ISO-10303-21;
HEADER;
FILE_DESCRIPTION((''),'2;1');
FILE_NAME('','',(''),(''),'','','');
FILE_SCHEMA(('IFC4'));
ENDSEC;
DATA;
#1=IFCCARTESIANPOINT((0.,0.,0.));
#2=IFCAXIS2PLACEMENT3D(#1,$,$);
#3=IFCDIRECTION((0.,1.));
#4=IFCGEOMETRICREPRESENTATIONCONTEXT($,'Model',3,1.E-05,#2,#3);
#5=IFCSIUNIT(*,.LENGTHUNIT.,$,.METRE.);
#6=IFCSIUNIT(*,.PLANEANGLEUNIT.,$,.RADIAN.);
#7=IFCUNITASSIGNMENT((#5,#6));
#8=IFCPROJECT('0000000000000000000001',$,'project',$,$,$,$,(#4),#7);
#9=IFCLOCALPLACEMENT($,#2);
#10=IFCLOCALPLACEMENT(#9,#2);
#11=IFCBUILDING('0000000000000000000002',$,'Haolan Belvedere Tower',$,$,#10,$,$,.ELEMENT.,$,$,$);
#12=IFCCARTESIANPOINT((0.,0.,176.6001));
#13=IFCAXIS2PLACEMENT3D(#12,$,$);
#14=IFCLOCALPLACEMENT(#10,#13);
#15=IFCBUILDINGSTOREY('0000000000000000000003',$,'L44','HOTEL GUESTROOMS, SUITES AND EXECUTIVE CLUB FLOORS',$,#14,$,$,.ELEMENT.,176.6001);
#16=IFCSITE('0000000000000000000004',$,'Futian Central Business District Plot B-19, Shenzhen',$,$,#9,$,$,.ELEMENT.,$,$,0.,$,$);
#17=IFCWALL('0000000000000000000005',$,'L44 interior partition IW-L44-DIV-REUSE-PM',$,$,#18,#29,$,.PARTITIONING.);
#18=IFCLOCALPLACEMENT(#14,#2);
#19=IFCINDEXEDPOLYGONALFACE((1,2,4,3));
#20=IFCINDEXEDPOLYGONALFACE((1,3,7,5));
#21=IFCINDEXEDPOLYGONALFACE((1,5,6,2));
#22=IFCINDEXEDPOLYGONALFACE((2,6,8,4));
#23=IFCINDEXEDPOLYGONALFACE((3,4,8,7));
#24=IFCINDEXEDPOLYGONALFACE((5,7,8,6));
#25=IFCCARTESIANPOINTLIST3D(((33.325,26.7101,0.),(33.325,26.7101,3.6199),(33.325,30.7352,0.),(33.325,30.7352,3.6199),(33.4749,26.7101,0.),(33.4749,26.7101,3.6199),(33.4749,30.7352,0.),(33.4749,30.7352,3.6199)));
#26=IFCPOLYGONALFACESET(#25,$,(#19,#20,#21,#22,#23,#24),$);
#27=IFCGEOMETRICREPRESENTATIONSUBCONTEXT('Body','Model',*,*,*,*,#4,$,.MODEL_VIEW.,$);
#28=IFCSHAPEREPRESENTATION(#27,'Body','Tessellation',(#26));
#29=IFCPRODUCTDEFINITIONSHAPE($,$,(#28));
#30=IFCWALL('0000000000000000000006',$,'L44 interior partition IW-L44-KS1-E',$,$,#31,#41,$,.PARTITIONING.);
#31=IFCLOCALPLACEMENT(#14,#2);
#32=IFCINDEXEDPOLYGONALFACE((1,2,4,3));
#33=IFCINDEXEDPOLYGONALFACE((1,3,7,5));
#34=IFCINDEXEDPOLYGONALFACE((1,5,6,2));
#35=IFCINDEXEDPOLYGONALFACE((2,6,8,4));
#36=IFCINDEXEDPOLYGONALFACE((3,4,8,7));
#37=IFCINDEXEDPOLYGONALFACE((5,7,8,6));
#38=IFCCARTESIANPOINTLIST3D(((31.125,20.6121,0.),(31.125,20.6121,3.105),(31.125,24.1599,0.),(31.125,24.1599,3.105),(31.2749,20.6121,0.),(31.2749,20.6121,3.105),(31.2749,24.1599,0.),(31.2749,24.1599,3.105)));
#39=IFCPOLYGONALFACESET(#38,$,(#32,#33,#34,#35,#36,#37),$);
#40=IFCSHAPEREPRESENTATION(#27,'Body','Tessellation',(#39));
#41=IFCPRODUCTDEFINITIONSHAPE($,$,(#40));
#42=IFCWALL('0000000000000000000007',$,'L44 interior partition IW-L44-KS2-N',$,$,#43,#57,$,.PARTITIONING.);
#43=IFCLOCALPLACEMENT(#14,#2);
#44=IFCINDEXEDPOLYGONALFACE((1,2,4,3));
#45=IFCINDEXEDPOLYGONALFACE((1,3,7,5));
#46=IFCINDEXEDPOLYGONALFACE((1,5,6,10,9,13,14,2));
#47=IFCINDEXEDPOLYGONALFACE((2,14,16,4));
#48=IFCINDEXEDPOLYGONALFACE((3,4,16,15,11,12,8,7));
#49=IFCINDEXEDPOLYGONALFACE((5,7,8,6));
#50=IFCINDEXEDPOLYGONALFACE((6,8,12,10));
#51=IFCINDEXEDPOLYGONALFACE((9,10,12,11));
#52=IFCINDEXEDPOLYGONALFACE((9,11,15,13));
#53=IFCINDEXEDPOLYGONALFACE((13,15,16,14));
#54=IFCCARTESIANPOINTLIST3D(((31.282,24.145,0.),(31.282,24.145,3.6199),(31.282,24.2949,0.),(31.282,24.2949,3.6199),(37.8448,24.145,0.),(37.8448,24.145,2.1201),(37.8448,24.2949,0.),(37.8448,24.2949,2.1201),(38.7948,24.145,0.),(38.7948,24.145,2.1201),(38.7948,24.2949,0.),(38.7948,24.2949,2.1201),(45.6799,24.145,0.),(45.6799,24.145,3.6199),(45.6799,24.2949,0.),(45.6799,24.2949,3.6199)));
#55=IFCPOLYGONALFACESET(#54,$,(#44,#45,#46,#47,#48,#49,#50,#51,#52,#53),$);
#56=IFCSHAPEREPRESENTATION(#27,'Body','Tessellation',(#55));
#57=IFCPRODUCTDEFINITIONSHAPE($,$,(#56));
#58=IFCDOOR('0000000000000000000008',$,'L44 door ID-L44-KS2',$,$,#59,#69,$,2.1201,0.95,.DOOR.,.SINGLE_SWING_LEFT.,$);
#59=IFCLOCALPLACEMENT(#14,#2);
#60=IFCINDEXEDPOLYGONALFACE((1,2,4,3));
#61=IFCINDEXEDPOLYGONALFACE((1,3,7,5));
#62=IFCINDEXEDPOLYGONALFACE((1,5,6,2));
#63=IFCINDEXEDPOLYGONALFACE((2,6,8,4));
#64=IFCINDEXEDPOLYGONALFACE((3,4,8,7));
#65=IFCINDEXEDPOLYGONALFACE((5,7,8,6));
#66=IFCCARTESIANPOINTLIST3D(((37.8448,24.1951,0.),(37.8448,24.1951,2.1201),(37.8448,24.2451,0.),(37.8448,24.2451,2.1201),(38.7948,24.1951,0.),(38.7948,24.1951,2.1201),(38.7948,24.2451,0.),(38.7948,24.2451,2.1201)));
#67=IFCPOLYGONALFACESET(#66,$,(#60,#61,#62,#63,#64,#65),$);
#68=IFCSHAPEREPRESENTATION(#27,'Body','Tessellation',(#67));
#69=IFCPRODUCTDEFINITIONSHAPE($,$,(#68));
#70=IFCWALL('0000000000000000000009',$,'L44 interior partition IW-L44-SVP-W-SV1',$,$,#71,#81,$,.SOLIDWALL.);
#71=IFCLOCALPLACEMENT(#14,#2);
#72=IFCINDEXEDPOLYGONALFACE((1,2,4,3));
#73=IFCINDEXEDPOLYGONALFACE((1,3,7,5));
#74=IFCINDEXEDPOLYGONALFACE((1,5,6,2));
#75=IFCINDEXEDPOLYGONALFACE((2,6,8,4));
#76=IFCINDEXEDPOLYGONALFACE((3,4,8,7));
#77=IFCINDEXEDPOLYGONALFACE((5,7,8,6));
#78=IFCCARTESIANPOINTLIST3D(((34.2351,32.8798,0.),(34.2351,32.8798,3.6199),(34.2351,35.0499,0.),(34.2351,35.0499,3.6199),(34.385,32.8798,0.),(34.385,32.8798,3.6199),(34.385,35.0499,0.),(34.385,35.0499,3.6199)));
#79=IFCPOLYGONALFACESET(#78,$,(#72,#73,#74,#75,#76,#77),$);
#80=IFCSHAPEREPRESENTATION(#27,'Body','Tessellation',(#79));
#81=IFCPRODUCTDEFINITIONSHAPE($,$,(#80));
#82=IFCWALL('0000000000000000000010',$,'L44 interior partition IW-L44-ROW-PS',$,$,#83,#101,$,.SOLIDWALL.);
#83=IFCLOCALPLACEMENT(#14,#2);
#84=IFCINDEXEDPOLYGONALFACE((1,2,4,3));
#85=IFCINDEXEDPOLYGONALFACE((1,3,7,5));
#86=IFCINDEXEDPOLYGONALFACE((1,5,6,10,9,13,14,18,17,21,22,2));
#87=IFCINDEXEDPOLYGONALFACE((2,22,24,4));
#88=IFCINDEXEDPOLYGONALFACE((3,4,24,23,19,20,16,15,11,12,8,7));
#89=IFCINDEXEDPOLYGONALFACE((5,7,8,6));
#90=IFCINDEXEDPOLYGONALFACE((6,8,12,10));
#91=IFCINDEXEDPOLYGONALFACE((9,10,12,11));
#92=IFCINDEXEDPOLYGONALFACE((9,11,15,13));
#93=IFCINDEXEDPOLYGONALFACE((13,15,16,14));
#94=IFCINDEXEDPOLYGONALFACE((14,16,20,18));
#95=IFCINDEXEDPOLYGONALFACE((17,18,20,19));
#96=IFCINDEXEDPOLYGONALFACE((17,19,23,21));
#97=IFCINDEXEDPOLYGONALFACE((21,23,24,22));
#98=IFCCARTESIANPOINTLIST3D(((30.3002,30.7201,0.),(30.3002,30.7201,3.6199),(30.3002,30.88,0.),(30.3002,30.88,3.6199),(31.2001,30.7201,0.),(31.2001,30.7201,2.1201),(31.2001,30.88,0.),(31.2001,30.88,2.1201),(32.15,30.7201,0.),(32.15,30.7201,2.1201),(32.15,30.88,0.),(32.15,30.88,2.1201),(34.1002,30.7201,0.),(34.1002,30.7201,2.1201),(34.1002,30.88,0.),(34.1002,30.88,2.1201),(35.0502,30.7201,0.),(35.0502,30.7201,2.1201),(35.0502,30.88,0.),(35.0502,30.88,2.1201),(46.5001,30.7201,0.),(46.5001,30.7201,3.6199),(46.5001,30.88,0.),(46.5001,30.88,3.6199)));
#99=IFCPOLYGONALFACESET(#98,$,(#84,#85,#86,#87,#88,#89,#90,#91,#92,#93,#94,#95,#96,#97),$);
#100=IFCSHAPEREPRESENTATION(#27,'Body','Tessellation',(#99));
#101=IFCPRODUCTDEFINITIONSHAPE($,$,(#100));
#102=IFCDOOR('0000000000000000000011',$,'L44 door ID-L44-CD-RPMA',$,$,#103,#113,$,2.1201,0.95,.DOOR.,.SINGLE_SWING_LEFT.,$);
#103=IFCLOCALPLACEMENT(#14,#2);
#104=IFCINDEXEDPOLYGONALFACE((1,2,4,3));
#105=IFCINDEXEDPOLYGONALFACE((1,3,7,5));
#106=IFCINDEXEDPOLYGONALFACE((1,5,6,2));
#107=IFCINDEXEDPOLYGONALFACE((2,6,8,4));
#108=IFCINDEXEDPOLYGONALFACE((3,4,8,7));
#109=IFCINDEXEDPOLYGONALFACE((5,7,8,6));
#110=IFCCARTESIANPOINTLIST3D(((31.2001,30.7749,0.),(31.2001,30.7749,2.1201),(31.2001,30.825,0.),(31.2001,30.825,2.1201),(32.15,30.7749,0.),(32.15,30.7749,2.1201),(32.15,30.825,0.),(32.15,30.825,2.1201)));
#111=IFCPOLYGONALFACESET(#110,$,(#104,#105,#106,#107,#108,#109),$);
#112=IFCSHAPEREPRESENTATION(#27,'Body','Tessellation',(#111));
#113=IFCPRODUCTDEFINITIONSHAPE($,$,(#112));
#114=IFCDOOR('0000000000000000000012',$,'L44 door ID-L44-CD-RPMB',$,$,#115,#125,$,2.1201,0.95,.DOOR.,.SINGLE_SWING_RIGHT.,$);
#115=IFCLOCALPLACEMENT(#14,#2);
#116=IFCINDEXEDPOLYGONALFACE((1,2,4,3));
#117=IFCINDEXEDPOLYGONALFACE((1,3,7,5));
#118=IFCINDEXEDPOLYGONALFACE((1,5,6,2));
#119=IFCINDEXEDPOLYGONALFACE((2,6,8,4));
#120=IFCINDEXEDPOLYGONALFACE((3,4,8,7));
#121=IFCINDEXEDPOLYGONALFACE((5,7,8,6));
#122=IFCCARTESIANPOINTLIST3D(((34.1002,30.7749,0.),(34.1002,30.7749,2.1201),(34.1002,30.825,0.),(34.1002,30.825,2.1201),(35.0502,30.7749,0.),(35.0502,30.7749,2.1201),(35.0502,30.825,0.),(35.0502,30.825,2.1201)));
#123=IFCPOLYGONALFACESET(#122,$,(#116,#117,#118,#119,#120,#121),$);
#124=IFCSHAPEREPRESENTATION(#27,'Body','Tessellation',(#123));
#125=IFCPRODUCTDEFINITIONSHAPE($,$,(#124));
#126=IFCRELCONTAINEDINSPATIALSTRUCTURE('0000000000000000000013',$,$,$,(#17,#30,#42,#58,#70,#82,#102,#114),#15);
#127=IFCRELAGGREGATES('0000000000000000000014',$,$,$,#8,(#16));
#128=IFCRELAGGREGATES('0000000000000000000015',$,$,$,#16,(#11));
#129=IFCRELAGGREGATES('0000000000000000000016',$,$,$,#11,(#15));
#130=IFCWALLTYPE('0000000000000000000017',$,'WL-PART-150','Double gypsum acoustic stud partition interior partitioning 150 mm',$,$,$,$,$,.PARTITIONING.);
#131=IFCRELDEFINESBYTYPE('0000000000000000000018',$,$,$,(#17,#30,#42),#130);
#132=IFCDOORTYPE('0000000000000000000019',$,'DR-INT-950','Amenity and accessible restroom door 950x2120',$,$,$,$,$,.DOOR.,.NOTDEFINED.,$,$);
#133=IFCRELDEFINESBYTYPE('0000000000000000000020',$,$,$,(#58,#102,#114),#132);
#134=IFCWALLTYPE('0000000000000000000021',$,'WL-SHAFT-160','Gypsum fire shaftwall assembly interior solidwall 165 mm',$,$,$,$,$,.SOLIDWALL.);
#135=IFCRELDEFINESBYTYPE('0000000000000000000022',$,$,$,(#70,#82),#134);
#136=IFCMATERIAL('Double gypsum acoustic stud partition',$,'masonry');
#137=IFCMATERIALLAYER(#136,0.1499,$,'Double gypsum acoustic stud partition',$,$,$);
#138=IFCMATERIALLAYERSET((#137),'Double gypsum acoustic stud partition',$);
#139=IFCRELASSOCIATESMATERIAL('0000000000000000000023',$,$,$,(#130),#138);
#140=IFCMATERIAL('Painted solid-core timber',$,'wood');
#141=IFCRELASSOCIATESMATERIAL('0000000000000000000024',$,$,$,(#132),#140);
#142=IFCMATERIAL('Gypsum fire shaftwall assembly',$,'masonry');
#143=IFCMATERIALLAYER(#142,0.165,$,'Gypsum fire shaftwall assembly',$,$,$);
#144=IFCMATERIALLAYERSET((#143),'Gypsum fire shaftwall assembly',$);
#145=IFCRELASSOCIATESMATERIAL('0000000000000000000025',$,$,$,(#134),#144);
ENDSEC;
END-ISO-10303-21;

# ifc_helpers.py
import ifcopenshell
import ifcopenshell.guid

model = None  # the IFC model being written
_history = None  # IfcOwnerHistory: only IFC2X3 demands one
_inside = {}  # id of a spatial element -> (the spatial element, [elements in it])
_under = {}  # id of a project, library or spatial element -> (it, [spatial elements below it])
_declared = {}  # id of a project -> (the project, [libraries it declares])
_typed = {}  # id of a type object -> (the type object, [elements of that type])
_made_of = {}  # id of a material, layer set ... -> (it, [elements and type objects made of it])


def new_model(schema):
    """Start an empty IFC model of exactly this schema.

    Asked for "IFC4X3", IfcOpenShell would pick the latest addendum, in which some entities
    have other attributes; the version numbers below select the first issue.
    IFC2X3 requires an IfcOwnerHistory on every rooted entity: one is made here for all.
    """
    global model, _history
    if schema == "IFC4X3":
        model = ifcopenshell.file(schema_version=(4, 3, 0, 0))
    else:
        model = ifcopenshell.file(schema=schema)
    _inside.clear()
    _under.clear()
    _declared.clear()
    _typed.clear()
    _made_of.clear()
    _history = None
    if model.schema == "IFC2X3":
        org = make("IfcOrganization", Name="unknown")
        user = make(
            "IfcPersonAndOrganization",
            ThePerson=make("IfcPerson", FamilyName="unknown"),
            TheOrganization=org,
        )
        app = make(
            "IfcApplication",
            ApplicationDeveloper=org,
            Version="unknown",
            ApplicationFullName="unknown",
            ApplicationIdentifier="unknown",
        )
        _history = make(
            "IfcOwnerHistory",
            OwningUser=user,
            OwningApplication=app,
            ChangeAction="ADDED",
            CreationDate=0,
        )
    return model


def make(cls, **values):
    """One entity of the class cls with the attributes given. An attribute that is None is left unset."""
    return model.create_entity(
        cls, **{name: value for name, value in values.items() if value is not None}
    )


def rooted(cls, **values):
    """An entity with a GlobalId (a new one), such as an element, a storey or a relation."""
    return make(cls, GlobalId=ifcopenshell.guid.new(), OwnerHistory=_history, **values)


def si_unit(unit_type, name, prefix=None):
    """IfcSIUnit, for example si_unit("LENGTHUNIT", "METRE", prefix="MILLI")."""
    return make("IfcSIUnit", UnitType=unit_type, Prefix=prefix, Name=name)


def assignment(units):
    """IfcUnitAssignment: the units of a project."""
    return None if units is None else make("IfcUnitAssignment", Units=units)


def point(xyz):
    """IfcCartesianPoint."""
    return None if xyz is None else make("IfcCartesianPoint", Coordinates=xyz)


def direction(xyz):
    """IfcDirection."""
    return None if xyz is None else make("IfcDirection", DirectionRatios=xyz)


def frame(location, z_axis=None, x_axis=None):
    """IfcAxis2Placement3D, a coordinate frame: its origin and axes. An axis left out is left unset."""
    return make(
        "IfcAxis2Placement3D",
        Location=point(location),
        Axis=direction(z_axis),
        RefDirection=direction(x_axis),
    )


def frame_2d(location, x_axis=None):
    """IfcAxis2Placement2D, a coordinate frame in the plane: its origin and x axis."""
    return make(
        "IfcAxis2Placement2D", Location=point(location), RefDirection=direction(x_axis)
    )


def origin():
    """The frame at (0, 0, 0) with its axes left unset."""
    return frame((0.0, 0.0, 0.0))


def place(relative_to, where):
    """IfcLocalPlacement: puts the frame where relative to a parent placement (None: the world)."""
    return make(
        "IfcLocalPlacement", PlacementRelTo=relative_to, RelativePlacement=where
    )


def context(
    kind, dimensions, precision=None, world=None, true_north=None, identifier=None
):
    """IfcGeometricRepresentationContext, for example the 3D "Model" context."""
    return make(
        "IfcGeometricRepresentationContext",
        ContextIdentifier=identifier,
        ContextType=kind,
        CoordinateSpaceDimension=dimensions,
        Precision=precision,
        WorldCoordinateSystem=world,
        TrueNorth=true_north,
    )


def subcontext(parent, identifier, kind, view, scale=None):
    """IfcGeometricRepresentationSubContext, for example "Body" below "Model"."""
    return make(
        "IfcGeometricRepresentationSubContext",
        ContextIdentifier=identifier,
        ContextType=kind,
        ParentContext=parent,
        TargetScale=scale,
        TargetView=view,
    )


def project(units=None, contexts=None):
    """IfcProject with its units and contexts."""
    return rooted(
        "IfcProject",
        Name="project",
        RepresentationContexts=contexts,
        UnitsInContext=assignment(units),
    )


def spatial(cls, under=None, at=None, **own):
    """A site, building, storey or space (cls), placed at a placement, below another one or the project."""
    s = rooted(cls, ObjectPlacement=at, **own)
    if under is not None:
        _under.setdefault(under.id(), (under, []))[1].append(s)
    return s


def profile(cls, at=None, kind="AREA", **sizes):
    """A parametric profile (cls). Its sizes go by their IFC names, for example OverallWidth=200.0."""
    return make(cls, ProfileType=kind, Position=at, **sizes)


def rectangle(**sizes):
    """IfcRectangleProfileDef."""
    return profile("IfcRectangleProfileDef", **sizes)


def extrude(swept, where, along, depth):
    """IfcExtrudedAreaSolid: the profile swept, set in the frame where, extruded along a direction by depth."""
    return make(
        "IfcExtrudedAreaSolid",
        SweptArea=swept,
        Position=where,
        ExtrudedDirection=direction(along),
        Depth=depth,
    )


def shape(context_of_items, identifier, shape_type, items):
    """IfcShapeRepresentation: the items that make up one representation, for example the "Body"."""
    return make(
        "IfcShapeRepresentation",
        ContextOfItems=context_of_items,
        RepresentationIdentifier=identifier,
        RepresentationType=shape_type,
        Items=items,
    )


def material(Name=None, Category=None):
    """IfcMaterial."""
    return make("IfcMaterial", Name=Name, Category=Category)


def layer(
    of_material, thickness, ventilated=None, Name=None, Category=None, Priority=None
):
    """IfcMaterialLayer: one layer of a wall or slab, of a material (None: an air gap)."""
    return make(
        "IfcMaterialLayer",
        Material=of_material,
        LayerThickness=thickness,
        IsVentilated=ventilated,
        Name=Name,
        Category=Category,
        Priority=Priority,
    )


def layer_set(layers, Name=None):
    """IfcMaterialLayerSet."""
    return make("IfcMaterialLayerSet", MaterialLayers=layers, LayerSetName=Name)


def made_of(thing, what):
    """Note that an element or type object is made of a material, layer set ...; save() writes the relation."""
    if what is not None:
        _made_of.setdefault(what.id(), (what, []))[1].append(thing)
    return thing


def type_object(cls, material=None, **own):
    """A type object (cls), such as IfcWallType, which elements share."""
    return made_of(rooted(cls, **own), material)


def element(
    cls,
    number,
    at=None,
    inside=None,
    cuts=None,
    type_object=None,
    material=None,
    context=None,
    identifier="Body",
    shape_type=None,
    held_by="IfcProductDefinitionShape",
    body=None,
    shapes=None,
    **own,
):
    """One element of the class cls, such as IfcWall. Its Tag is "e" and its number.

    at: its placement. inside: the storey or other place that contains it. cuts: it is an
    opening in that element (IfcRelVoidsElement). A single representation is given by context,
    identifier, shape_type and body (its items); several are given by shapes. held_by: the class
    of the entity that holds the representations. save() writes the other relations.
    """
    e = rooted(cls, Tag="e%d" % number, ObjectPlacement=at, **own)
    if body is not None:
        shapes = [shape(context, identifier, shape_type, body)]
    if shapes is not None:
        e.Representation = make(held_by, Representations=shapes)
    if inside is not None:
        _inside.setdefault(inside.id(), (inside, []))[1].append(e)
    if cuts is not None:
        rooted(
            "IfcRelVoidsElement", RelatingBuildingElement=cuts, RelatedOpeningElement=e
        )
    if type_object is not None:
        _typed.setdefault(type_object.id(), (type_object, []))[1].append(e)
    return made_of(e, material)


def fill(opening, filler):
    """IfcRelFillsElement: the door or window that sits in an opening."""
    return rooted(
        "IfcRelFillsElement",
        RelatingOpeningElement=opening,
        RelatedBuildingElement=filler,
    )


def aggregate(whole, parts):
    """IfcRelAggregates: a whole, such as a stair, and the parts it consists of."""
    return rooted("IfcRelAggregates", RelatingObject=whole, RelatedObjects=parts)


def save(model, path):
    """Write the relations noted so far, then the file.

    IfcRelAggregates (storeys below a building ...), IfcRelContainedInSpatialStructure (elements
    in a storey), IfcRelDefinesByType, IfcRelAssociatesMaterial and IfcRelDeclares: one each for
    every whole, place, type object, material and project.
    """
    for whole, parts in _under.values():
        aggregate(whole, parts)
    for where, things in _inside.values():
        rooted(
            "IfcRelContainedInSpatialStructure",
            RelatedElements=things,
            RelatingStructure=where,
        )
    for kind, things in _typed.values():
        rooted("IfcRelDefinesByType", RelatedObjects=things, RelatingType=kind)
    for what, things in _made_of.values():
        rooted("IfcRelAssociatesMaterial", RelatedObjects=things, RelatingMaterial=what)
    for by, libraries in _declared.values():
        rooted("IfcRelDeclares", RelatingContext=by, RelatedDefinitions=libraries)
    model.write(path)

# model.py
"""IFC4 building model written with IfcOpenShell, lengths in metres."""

from ifc_helpers import new_model, si_unit, direction, frame, frame_2d, origin, place, context, subcontext, project, spatial, rectangle, extrude, material, layer, layer_set, type_object, element, fill, save


model = new_model("IFC4")

# Units and contexts
model_context = context("Model", 3, precision=1e-05, world=origin(), true_north=direction((0.0, 1.0)))
body_context = subcontext(model_context, "Body", "Model", "MODEL_VIEW")
ifc_project = project(units=[si_unit("LENGTHUNIT", "METRE"), si_unit("PLANEANGLEUNIT", "RADIAN")], contexts=[model_context])

# Site, building, storey
site_placement = place(None, origin())
site = spatial("IfcSite", under=ifc_project, at=site_placement, Name="Futian Central Business District Plot B-19, Shenzhen", CompositionType="ELEMENT", RefElevation=0.0)
building_placement = place(site_placement, origin())
building = spatial("IfcBuilding", under=site, at=building_placement, Name="Haolan Belvedere Tower", CompositionType="ELEMENT")
storey_placement = place(building_placement, frame((0.0, 0.0, 176.6001)))
storey = spatial("IfcBuildingStorey", under=building, at=storey_placement, Name="L44", Description="HOTEL GUESTROOMS, SUITES AND EXECUTIVE CLUB FLOORS", CompositionType="ELEMENT", Elevation=176.6001)

# Walls
ifc_material_1 = material(Name="Double gypsum acoustic stud partition", Category="masonry")
ifc_layer_1 = layer(ifc_material_1, 0.1499, Name="Double gypsum acoustic stud partition")
ifc_layer_set_1 = layer_set([ifc_layer_1], Name="Double gypsum acoustic stud partition")
wall_type_1 = type_object("IfcWallType", Name="WL-PART-150", Description="Double gypsum acoustic stud partition interior partitioning 150 mm", PredefinedType="PARTITIONING", material=ifc_layer_set_1)
wall_1_placement = place(storey_placement, frame((33.3999, 26.71, 0.0), z_axis=(0.0, 0.0, 1.0), x_axis=(0.0, 1.0, 0.0)))
element("IfcWall", 1, at=wall_1_placement, inside=storey, type_object=wall_type_1, Name="L44 interior partition IW-L44-DIV-REUSE-PM", PredefinedType="PARTITIONING", context=body_context, shape_type="SweptSolid", body=[
    extrude(rectangle(XDim=4.0251, YDim=0.1499, at=frame_2d((2.0127, 0.0))), origin(), (0.0, 0.0, 1.0), 3.6199),
])
wall_2_placement = place(storey_placement, frame((31.2, 20.6121, 0.0), z_axis=(0.0, 0.0, 1.0), x_axis=(0.0, 1.0, 0.0)))
element("IfcWall", 2, at=wall_2_placement, inside=storey, type_object=wall_type_1, Name="L44 interior partition IW-L44-KS1-E", PredefinedType="PARTITIONING", context=body_context, shape_type="SweptSolid", body=[
    extrude(rectangle(XDim=3.5479, YDim=0.1499, at=frame_2d((1.7739, 0.0))), origin(), (0.0, 0.0, 1.0), 3.105),
])

# Wall, opening, door
wall_3_placement = place(storey_placement, frame((31.282, 24.22, 0.0), z_axis=(0.0, 0.0, 1.0), x_axis=(1.0, 0.0, 0.0)))
wall_3 = element("IfcWall", 3, at=wall_3_placement, inside=storey, type_object=wall_type_1, Name="L44 interior partition IW-L44-KS2-N", PredefinedType="PARTITIONING", context=body_context, shape_type="SweptSolid", body=[
    extrude(rectangle(XDim=14.3979, YDim=0.1499, at=frame_2d((7.199, 0.0))), origin(), (0.0, 0.0, 1.0), 3.6199),
])
opening_1_placement = place(wall_3_placement, frame((7.5129, 0.0, 0.0), z_axis=(0.0, 0.0, 1.0), x_axis=(-1.0, 0.0, 0.0)))
opening_1 = element("IfcOpeningElement", 4, at=opening_1_placement, cuts=wall_3, PredefinedType="OPENING", context=body_context, shape_type="SweptSolid", body=[
    extrude(rectangle(XDim=0.95, YDim=2.1201, at=frame_2d((0.4751, 1.0601))), frame((0.0, 0.085, 0.0), z_axis=(0.0, -1.0, 0.0), x_axis=(1.0, 0.0, 0.0)), (0.0, 0.0, 1.0), 0.1699),
])
ifc_material_2 = material(Name="Painted solid-core timber", Category="wood")
door_type = type_object("IfcDoorType", Name="DR-INT-950", Description="Amenity and accessible restroom door 950x2120", OperationType="NOTDEFINED", PredefinedType="DOOR", material=ifc_material_2)
door_1_placement = place(opening_1_placement, origin())
door_1 = element("IfcDoor", 5, at=door_1_placement, inside=storey, type_object=door_type, Name="L44 door ID-L44-KS2", OperationType="SINGLE_SWING_LEFT", OverallHeight=2.1201, OverallWidth=0.95, PredefinedType="DOOR", context=body_context, shape_type="SweptSolid", body=[
    extrude(rectangle(XDim=0.95, YDim=2.1201, at=frame_2d((0.4751, 1.0601))), frame((0.0, 0.0249, 0.0), z_axis=(0.0, -1.0, 0.0), x_axis=(1.0, 0.0, 0.0)), (0.0, 0.0, 1.0), 0.05),
])
fill(opening_1, door_1)

# Wall
ifc_material_3 = material(Name="Gypsum fire shaftwall assembly", Category="masonry")
ifc_layer_2 = layer(ifc_material_3, 0.165, Name="Gypsum fire shaftwall assembly")
ifc_layer_set_2 = layer_set([ifc_layer_2], Name="Gypsum fire shaftwall assembly")
wall_type_2 = type_object("IfcWallType", Name="WL-SHAFT-160", Description="Gypsum fire shaftwall assembly interior solidwall 165 mm", PredefinedType="SOLIDWALL", material=ifc_layer_set_2)
wall_4_placement = place(storey_placement, frame((34.3101, 32.8799, 0.0), z_axis=(0.0, 0.0, 1.0), x_axis=(0.0, 1.0, 0.0)))
element("IfcWall", 6, at=wall_4_placement, inside=storey, type_object=wall_type_2, Name="L44 interior partition IW-L44-SVP-W-SV1", PredefinedType="SOLIDWALL", context=body_context, shape_type="SweptSolid", body=[
    extrude(rectangle(XDim=2.1702, YDim=0.1499, at=frame_2d((1.085, 0.0))), origin(), (0.0, 0.0, 1.0), 3.6199),
])

# Wall, openings, doors
wall_5_placement = place(storey_placement, frame((30.3, 30.8, 0.0), z_axis=(0.0, 0.0, 1.0), x_axis=(1.0, 0.0, 0.0)))
wall_5 = element("IfcWall", 7, at=wall_5_placement, inside=storey, type_object=wall_type_2, Name="L44 interior partition IW-L44-ROW-PS", PredefinedType="SOLIDWALL", context=body_context, shape_type="SweptSolid", body=[
    extrude(rectangle(XDim=16.2, YDim=0.1599, at=frame_2d((8.1001, 0.0))), origin(), (0.0, 0.0, 1.0), 3.6199),
])
opening_2_placement = place(wall_5_placement, frame((0.8999, 0.0, 0.0)))
opening_2 = element("IfcOpeningElement", 8, at=opening_2_placement, cuts=wall_5, PredefinedType="OPENING", context=body_context, shape_type="SweptSolid", body=[
    extrude(rectangle(XDim=0.95, YDim=2.1201, at=frame_2d((0.4751, 1.0601))), frame((0.0, 0.0898, 0.0), z_axis=(0.0, -1.0, 0.0), x_axis=(1.0, 0.0, 0.0)), (0.0, 0.0, 1.0), 0.1799),
])
opening_3_placement = place(wall_5_placement, frame((3.8, 0.0, 0.0)))
opening_3 = element("IfcOpeningElement", 9, at=opening_3_placement, cuts=wall_5, PredefinedType="OPENING", context=body_context, shape_type="SweptSolid", body=[
    extrude(rectangle(XDim=0.95, YDim=2.1201, at=frame_2d((0.4751, 1.0601))), frame((0.0, 0.0898, 0.0), z_axis=(0.0, -1.0, 0.0), x_axis=(1.0, 0.0, 0.0)), (0.0, 0.0, 1.0), 0.1799),
])
door_2_placement = place(opening_2_placement, origin())
door_2 = element("IfcDoor", 10, at=door_2_placement, inside=storey, type_object=door_type, Name="L44 door ID-L44-CD-RPMA", OperationType="SINGLE_SWING_LEFT", OverallHeight=2.1201, OverallWidth=0.95, PredefinedType="DOOR", context=body_context, shape_type="SweptSolid", body=[
    extrude(rectangle(XDim=0.95, YDim=2.1201, at=frame_2d((0.4751, 1.0601))), frame((0.0, 0.0249, 0.0), z_axis=(0.0, -1.0, 0.0), x_axis=(1.0, 0.0, 0.0)), (0.0, 0.0, 1.0), 0.05),
])
fill(opening_2, door_2)
door_3_placement = place(opening_3_placement, origin())
door_3 = element("IfcDoor", 11, at=door_3_placement, inside=storey, type_object=door_type, Name="L44 door ID-L44-CD-RPMB", OperationType="SINGLE_SWING_RIGHT", OverallHeight=2.1201, OverallWidth=0.95, PredefinedType="DOOR", context=body_context, shape_type="SweptSolid", body=[
    extrude(rectangle(XDim=0.95, YDim=2.1201, at=frame_2d((0.4751, 1.0601))), frame((0.0, 0.0249, 0.0), z_axis=(0.0, -1.0, 0.0), x_axis=(1.0, 0.0, 0.0)), (0.0, 0.0, 1.0), 0.05),
])
fill(opening_3, door_3)

save(model, "model.ifc")
